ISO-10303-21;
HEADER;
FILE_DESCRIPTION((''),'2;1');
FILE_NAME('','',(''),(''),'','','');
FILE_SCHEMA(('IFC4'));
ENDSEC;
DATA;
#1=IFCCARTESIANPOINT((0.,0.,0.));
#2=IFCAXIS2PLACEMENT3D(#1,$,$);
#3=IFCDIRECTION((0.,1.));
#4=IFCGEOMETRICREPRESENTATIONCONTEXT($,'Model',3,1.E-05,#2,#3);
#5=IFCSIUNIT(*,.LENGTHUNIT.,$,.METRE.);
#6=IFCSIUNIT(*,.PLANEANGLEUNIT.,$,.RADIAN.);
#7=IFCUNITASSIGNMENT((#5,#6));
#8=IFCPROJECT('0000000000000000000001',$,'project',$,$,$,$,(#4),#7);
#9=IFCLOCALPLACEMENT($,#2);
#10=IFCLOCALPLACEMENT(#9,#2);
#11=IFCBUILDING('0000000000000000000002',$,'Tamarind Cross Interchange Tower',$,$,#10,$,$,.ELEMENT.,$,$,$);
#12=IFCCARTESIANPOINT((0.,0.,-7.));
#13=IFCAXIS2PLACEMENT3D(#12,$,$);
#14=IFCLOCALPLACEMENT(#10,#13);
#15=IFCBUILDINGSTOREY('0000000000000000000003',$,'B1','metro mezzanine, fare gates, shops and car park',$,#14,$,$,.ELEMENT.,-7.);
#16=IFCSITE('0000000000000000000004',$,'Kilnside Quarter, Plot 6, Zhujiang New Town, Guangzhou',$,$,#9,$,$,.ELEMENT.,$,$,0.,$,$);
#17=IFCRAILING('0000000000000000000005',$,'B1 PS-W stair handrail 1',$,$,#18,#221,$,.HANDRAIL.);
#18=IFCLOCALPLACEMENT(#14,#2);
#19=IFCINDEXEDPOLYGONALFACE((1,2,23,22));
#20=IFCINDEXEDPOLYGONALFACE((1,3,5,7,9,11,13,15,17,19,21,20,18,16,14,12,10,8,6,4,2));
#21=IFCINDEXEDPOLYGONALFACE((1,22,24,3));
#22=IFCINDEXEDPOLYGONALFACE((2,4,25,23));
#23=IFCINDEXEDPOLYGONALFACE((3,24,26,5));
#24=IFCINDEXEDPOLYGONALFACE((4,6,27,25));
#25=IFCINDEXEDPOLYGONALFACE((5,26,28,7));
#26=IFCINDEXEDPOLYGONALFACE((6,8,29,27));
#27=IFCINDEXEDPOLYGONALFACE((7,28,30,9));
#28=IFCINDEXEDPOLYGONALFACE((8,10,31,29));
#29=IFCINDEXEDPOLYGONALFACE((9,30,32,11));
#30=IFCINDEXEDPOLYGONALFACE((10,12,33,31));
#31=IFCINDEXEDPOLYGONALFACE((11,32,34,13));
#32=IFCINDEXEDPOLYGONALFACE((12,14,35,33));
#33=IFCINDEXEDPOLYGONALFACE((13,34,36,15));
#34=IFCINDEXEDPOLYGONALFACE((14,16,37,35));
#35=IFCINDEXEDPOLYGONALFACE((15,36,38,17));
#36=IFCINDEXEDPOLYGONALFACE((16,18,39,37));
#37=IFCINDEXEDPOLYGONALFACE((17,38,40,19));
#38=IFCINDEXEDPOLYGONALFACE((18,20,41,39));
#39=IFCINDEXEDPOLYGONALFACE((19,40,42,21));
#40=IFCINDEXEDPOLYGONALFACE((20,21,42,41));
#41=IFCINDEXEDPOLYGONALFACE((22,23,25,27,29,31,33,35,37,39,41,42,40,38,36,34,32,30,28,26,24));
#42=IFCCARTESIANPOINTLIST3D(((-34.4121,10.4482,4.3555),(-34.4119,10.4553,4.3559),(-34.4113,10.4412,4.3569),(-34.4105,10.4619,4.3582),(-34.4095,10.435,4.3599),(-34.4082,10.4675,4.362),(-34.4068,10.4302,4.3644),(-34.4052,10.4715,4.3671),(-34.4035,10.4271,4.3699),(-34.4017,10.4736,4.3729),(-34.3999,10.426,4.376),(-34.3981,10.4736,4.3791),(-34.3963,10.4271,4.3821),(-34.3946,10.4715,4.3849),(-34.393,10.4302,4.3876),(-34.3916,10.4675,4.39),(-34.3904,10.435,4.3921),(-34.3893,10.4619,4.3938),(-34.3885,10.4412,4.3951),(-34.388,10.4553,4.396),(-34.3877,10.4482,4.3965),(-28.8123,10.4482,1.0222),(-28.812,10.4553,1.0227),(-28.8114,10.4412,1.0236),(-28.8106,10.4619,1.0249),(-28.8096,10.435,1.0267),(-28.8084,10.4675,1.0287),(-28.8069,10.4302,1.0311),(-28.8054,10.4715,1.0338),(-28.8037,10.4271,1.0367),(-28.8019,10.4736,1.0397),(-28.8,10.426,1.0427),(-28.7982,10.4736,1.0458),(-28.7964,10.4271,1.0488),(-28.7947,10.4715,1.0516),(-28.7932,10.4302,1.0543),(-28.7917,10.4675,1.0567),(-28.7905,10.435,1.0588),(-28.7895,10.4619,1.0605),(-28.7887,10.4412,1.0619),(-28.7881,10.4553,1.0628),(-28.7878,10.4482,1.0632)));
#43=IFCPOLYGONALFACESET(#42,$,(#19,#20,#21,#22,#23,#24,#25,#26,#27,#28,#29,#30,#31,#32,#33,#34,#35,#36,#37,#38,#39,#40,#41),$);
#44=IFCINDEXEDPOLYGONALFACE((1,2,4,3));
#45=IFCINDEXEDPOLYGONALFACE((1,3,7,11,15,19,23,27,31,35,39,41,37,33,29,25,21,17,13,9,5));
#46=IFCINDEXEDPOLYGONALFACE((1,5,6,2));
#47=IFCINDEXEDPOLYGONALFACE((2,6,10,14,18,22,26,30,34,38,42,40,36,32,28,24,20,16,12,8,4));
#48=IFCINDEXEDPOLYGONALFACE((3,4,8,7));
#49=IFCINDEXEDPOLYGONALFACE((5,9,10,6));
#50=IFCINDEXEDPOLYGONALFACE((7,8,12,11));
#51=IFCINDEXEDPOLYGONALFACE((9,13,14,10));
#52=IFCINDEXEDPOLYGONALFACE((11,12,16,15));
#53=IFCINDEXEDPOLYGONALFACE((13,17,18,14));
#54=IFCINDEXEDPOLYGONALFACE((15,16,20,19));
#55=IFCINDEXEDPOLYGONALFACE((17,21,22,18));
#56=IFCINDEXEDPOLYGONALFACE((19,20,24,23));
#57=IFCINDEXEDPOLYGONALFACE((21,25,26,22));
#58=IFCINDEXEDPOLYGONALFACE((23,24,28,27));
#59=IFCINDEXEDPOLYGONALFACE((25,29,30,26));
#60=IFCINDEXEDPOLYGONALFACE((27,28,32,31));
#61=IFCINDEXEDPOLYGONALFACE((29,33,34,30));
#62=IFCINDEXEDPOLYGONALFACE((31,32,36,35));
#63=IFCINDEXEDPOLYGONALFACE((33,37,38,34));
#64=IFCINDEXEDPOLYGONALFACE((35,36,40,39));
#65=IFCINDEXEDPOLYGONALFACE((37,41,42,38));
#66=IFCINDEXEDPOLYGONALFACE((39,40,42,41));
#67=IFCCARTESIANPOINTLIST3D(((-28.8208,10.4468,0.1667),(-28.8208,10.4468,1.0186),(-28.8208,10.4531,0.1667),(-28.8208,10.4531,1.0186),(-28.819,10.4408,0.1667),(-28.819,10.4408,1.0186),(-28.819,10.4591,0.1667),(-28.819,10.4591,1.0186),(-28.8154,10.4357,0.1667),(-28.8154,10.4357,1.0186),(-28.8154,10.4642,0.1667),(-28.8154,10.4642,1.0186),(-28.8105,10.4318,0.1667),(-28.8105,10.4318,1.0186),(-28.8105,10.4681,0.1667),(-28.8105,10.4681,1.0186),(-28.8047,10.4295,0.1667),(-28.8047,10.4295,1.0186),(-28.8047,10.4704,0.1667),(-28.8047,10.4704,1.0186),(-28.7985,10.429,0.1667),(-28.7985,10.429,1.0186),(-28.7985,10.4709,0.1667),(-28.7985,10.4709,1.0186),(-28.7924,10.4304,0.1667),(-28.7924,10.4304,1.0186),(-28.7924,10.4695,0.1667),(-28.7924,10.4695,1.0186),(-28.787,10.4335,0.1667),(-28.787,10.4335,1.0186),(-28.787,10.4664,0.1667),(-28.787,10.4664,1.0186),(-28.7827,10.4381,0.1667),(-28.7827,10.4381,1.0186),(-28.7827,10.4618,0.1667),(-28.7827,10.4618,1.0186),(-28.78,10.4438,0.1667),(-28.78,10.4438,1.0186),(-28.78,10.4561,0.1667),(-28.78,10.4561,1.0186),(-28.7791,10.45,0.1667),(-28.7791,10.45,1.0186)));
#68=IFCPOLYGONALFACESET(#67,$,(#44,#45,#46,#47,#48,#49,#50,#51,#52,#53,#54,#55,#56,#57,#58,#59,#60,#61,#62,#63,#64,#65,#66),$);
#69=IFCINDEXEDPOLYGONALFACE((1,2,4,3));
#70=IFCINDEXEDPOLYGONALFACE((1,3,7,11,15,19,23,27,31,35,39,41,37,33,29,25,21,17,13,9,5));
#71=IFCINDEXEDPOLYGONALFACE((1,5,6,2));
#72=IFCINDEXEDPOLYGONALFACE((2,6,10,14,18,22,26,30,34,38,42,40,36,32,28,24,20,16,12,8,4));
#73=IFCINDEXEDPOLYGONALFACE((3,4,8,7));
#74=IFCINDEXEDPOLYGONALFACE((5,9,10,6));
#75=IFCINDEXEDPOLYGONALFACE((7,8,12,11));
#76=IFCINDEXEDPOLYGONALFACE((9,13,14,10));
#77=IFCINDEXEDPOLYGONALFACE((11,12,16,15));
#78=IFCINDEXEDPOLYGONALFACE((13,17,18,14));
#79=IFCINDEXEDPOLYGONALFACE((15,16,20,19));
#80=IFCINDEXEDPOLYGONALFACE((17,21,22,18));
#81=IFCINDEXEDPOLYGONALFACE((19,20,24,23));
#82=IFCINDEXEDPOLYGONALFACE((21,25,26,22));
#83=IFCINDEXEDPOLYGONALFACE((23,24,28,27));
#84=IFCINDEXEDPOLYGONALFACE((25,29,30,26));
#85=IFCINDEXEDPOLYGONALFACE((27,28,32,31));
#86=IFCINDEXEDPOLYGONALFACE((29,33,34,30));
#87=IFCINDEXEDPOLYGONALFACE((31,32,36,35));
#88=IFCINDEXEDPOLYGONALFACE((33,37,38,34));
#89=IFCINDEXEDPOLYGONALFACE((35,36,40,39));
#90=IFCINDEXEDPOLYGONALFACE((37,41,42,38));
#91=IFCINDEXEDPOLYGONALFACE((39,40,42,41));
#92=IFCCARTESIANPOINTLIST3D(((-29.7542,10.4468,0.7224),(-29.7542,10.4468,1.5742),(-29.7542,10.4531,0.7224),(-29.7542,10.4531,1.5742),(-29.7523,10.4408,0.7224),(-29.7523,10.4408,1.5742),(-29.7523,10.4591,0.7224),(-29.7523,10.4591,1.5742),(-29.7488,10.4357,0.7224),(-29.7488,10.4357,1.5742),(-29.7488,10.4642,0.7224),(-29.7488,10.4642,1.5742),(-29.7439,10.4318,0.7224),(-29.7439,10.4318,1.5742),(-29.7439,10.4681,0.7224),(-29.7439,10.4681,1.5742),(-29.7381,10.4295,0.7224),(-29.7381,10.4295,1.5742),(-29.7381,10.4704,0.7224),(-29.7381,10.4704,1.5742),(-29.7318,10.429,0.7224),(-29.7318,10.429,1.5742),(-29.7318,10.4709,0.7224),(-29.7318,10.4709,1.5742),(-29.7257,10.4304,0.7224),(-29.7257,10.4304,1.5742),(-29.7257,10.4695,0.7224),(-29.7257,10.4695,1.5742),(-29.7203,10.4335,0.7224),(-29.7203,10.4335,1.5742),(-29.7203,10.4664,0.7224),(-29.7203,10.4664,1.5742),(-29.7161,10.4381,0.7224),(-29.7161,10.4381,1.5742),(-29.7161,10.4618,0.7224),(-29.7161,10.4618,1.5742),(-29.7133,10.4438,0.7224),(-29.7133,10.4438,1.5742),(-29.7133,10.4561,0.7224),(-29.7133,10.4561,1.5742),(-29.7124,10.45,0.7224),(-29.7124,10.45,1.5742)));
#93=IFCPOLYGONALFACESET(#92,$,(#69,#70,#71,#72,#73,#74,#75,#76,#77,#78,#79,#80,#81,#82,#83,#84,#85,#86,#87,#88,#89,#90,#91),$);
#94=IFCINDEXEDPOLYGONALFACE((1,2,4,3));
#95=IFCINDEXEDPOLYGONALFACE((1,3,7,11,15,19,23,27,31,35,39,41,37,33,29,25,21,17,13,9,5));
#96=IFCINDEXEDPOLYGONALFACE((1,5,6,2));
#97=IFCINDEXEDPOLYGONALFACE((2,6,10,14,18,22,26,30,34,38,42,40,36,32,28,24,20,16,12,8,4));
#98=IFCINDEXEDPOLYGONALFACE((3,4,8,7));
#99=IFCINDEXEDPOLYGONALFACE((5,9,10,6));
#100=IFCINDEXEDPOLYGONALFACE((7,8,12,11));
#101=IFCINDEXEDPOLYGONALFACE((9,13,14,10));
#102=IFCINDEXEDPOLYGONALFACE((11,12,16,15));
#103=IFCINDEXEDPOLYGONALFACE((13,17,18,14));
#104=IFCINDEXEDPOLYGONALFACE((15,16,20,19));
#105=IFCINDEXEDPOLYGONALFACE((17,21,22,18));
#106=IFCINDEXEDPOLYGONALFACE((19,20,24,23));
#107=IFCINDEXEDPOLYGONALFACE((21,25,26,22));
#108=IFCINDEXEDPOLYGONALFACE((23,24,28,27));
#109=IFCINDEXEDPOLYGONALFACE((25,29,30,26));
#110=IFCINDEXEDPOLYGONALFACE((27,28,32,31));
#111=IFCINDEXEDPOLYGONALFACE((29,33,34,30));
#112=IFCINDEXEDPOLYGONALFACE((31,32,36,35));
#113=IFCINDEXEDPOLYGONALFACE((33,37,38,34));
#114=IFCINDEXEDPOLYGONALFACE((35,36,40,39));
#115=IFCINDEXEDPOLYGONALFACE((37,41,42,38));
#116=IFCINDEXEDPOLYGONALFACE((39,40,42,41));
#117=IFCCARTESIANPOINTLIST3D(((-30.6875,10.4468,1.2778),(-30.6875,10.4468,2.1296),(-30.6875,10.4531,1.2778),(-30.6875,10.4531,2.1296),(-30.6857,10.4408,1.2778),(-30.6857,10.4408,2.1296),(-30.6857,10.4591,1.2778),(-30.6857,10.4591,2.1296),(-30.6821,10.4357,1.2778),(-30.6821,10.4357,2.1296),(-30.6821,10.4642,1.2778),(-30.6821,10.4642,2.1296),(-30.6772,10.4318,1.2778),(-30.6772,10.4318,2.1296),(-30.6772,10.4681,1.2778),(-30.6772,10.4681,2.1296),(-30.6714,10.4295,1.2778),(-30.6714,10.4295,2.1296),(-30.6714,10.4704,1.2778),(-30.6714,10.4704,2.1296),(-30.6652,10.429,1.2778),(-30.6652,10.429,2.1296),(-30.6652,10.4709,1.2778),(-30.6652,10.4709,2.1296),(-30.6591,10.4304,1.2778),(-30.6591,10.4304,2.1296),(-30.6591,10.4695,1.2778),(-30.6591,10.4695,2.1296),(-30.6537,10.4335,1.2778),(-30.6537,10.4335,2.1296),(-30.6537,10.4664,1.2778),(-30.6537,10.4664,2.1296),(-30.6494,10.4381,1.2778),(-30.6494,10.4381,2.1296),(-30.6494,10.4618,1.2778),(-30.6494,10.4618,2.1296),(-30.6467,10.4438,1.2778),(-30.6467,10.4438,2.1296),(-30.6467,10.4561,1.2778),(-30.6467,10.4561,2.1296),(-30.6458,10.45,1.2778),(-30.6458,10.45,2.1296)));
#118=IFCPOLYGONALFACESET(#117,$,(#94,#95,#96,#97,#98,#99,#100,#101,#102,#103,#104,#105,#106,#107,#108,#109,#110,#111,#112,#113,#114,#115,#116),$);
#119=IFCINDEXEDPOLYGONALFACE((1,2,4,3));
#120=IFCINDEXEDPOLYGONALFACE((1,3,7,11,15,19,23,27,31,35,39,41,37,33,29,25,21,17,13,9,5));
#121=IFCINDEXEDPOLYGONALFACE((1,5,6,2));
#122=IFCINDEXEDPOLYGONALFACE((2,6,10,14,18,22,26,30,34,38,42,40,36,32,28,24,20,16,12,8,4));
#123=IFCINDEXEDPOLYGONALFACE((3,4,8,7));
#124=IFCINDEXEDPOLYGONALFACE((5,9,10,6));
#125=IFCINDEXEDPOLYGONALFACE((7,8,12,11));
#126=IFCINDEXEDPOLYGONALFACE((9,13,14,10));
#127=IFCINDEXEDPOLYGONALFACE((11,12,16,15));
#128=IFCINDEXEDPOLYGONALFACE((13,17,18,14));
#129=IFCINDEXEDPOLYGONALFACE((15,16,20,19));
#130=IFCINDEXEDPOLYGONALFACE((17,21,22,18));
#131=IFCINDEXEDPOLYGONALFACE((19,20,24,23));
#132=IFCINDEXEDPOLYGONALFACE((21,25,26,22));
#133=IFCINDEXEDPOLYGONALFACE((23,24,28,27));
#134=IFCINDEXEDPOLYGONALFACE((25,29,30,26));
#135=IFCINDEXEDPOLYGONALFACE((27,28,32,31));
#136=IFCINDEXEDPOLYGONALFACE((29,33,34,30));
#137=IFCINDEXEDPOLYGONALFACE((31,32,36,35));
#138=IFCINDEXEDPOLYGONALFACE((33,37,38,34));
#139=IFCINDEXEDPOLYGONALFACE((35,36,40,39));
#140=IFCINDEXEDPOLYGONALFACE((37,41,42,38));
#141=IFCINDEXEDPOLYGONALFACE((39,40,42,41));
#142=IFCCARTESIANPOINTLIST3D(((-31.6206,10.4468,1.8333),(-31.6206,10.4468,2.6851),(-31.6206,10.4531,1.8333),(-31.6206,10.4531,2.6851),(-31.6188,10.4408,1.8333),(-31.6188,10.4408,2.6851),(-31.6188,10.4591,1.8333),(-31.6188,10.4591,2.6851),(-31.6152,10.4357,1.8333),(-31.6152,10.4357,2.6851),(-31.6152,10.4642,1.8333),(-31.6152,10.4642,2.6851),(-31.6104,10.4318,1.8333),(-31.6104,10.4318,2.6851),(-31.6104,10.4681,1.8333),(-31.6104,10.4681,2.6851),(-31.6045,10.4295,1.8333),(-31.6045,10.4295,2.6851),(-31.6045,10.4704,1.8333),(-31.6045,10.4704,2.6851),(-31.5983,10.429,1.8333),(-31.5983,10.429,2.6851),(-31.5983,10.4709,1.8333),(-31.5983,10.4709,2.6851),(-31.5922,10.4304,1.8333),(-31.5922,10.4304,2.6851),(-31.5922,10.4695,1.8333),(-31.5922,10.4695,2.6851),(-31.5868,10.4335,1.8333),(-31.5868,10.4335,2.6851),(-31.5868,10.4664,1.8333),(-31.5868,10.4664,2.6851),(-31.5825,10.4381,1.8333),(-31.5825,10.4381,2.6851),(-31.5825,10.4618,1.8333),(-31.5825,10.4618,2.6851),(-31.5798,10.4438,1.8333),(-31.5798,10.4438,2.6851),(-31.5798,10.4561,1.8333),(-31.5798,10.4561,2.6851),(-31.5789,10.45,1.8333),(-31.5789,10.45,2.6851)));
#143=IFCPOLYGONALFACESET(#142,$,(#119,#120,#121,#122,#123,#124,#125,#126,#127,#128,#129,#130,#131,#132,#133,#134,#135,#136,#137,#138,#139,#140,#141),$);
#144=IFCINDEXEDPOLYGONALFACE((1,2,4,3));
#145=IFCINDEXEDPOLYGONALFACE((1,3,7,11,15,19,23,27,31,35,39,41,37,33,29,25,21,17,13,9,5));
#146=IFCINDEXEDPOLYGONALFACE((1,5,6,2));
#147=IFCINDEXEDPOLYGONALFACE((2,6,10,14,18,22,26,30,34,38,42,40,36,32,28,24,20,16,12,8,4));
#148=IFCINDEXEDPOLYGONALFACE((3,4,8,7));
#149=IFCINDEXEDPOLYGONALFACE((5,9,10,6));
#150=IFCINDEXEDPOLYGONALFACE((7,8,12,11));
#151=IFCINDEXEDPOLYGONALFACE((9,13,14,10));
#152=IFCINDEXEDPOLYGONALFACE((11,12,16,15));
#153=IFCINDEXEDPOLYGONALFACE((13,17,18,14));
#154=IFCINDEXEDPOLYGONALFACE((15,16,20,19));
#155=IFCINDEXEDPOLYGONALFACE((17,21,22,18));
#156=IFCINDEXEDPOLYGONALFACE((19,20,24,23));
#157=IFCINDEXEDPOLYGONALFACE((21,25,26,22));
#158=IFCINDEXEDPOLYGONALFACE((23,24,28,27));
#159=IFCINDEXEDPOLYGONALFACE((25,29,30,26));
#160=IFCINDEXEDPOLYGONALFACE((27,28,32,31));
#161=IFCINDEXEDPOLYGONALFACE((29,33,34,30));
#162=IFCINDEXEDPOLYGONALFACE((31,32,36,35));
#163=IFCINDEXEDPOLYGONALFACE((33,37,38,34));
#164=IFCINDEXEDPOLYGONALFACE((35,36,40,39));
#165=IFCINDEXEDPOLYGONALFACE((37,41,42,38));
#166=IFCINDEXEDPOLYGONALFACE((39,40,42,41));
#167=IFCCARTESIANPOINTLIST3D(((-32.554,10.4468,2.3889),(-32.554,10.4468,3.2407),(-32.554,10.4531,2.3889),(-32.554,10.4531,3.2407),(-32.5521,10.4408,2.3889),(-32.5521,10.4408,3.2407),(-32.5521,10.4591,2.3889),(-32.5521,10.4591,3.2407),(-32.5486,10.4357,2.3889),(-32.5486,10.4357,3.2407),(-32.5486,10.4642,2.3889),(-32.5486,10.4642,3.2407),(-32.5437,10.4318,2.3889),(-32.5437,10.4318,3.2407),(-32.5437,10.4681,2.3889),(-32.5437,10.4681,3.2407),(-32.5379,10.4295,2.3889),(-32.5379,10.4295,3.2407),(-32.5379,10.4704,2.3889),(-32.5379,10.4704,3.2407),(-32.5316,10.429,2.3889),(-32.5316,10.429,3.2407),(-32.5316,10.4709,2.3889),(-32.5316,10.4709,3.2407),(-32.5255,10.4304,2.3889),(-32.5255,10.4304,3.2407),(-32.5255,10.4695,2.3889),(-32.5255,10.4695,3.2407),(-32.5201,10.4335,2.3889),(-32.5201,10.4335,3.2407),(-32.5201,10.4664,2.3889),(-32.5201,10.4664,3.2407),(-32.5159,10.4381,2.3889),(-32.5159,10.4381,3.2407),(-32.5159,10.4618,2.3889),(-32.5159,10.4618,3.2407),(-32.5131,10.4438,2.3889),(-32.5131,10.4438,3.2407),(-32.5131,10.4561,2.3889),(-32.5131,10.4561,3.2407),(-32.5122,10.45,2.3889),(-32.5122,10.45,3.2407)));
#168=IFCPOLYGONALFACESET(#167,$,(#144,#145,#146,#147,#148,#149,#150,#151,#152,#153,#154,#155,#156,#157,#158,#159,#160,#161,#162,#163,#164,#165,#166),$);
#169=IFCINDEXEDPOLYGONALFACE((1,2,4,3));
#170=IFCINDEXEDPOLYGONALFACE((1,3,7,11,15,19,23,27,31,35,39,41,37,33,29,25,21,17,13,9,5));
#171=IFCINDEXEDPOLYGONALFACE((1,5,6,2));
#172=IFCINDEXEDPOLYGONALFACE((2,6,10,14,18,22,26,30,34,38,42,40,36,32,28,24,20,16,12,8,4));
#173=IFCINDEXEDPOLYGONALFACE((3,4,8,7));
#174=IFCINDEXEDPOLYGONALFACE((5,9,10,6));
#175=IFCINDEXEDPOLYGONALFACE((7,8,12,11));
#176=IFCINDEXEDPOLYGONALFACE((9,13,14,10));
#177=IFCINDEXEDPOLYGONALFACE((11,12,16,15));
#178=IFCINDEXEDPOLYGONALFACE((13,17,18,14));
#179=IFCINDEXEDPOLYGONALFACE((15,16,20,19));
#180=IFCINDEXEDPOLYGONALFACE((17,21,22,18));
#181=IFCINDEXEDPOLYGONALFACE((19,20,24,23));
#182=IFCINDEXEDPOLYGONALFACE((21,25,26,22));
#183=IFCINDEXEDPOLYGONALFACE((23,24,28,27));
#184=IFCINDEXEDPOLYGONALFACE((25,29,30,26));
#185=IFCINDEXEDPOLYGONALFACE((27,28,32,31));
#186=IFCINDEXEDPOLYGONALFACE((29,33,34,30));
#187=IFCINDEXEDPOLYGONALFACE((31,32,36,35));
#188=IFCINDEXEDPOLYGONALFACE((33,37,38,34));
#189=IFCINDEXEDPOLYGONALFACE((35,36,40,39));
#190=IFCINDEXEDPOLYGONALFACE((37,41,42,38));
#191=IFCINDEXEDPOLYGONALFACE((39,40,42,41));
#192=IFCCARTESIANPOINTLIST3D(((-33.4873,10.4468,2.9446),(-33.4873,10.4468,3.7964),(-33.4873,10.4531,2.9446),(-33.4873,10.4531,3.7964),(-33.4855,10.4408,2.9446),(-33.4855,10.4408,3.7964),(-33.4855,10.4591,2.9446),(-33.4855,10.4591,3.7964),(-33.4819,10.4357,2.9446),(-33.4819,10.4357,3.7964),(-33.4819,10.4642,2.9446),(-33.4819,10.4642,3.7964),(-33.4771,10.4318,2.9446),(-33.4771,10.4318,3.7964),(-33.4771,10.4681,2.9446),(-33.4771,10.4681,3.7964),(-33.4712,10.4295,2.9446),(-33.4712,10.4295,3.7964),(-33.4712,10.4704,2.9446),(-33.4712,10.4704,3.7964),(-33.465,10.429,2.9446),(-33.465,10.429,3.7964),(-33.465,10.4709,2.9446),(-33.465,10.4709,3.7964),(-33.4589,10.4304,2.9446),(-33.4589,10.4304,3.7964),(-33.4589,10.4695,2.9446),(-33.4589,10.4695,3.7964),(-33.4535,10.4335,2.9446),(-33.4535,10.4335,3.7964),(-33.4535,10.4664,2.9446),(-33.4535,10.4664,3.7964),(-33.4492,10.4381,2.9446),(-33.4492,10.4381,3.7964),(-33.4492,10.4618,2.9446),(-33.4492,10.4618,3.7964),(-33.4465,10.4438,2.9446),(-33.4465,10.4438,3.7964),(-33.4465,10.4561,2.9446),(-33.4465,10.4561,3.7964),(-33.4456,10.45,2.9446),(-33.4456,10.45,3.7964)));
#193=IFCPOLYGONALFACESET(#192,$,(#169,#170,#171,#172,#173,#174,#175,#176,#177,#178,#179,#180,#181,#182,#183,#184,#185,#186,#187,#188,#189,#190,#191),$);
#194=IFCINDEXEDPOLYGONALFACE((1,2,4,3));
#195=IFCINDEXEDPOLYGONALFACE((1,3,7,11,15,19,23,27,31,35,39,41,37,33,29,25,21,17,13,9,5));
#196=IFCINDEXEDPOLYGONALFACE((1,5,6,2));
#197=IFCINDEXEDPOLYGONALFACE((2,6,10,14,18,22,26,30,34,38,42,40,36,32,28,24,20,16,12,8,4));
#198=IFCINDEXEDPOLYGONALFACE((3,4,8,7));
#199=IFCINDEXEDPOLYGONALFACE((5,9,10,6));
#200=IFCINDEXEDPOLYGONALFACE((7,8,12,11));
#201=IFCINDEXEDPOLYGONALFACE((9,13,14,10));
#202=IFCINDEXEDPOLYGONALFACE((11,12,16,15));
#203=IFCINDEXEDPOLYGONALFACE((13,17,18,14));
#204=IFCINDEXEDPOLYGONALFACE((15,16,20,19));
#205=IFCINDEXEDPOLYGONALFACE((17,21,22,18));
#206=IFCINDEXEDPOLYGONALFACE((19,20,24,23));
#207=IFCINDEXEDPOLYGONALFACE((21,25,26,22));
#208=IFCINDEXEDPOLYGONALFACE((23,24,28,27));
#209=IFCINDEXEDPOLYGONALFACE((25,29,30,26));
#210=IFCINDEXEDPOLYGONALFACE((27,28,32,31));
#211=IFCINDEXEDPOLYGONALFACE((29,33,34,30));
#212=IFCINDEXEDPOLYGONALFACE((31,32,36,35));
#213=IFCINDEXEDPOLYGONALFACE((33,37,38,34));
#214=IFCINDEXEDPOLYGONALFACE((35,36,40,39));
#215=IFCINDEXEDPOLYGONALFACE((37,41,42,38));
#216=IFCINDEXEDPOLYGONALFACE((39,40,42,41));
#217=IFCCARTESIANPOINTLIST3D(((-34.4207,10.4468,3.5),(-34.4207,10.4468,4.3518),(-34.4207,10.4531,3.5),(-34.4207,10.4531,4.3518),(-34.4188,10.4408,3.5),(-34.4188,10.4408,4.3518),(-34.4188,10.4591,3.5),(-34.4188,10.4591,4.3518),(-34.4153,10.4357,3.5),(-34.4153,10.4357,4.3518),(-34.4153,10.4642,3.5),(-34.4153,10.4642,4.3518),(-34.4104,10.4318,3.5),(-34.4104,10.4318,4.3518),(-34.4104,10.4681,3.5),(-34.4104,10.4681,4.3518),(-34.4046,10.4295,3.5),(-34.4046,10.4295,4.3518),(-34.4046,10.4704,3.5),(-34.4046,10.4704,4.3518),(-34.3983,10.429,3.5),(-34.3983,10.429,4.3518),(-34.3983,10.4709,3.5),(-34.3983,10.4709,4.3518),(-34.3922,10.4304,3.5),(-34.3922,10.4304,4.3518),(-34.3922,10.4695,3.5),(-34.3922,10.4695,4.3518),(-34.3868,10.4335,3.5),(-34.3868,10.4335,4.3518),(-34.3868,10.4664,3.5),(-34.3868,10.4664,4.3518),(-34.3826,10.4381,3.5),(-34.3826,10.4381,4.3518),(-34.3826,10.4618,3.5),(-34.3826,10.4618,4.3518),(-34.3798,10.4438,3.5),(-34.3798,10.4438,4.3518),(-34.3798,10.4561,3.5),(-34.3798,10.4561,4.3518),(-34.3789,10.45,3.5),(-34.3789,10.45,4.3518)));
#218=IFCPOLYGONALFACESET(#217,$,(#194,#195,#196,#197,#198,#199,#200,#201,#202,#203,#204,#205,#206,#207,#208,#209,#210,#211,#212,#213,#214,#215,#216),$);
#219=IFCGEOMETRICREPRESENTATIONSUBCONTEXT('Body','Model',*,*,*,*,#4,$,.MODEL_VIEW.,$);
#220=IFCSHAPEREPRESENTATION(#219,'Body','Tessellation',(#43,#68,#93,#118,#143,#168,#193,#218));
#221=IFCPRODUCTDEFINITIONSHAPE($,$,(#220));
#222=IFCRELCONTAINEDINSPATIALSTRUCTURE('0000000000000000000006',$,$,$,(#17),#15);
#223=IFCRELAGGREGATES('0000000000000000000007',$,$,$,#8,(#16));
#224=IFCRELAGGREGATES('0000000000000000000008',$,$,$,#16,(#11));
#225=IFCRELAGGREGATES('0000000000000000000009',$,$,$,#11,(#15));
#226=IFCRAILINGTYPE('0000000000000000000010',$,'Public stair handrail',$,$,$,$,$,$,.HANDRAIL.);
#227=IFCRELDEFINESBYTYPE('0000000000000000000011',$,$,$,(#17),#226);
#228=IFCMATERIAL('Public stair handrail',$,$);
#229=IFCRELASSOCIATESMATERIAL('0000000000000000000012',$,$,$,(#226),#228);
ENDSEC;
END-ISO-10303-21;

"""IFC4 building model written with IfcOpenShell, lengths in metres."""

from ifc_helpers import new_model, si_unit, direction, frame, origin, origin_2d, place, context, subcontext, project, spatial, circle, extrude, material, type_object, element, save


model = new_model("IFC4")

# Units and contexts
model_context = context("Model", 3, precision=1e-05, world=origin(), true_north=direction((0.0, 1.0)))
body_context = subcontext(model_context, "Body", "Model", "MODEL_VIEW")
ifc_project = project(units=[si_unit("LENGTHUNIT", "METRE"), si_unit("PLANEANGLEUNIT", "RADIAN")], contexts=[model_context])

# Site, building, storey
site_placement = place(None, origin())
site = spatial("IfcSite", under=ifc_project, at=site_placement, Name="Kilnside Quarter, Plot 6, Zhujiang New Town, Guangzhou", CompositionType="ELEMENT", RefElevation=0.0)
building_placement = place(site_placement, origin())
building = spatial("IfcBuilding", under=site, at=building_placement, Name="Tamarind Cross Interchange Tower", CompositionType="ELEMENT")
storey_placement = place(building_placement, frame((0.0, 0.0, -7.0)))
storey = spatial("IfcBuildingStorey", under=building, at=storey_placement, Name="B1", Description="metro mezzanine, fare gates, shops and car park", CompositionType="ELEMENT", Elevation=-7.0)

# Railing
ifc_material_1 = material(Name="Public stair handrail")
railing_type_1 = type_object("IfcRailingType", Name="Public stair handrail", PredefinedType="HANDRAIL", material=ifc_material_1)
railing_1_placement = place(storey_placement, frame((-28.8, 10.45, 0.1667)))
element("IfcRailing", 1, at=railing_1_placement, inside=storey, type_object=railing_type_1, Name="B1 PS-W stair handrail 1", PredefinedType="HANDRAIL", context=body_context, shape_type="SweptSolid", body=[
    extrude(circle(Radius=0.0239, at=origin_2d()), frame((0.0, 0.0, 0.876), z_axis=(-0.859292, 0.0, 0.511485), x_axis=(0.0, -1.0, 0.0)), (0.0, 0.0, 1.0), 6.5168),
    extrude(circle(Radius=0.021, at=origin_2d()), origin(), (0.0, 0.0, 1.0), 0.8518),
    extrude(circle(Radius=0.021, at=origin_2d()), frame((-0.9333, 0.0, 0.5557)), (0.0, 0.0, 1.0), 0.8518),
    extrude(circle(Radius=0.021, at=origin_2d()), frame((-1.8667, 0.0, 1.1111)), (0.0, 0.0, 1.0), 0.8518),
    extrude(circle(Radius=0.021, at=origin_2d()), frame((-2.7998, 0.0, 1.6665)), (0.0, 0.0, 1.0), 0.8518),
    extrude(circle(Radius=0.021, at=origin_2d()), frame((-3.7332, 0.0, 2.2222)), (0.0, 0.0, 1.0), 0.8518),
    extrude(circle(Radius=0.021, at=origin_2d()), frame((-4.6665, 0.0, 2.7778)), (0.0, 0.0, 1.0), 0.8518),
    extrude(circle(Radius=0.021, at=origin_2d()), frame((-5.5999, 0.0, 3.3333)), (0.0, 0.0, 1.0), 0.8518),
])

save(model, "model.ifc")
